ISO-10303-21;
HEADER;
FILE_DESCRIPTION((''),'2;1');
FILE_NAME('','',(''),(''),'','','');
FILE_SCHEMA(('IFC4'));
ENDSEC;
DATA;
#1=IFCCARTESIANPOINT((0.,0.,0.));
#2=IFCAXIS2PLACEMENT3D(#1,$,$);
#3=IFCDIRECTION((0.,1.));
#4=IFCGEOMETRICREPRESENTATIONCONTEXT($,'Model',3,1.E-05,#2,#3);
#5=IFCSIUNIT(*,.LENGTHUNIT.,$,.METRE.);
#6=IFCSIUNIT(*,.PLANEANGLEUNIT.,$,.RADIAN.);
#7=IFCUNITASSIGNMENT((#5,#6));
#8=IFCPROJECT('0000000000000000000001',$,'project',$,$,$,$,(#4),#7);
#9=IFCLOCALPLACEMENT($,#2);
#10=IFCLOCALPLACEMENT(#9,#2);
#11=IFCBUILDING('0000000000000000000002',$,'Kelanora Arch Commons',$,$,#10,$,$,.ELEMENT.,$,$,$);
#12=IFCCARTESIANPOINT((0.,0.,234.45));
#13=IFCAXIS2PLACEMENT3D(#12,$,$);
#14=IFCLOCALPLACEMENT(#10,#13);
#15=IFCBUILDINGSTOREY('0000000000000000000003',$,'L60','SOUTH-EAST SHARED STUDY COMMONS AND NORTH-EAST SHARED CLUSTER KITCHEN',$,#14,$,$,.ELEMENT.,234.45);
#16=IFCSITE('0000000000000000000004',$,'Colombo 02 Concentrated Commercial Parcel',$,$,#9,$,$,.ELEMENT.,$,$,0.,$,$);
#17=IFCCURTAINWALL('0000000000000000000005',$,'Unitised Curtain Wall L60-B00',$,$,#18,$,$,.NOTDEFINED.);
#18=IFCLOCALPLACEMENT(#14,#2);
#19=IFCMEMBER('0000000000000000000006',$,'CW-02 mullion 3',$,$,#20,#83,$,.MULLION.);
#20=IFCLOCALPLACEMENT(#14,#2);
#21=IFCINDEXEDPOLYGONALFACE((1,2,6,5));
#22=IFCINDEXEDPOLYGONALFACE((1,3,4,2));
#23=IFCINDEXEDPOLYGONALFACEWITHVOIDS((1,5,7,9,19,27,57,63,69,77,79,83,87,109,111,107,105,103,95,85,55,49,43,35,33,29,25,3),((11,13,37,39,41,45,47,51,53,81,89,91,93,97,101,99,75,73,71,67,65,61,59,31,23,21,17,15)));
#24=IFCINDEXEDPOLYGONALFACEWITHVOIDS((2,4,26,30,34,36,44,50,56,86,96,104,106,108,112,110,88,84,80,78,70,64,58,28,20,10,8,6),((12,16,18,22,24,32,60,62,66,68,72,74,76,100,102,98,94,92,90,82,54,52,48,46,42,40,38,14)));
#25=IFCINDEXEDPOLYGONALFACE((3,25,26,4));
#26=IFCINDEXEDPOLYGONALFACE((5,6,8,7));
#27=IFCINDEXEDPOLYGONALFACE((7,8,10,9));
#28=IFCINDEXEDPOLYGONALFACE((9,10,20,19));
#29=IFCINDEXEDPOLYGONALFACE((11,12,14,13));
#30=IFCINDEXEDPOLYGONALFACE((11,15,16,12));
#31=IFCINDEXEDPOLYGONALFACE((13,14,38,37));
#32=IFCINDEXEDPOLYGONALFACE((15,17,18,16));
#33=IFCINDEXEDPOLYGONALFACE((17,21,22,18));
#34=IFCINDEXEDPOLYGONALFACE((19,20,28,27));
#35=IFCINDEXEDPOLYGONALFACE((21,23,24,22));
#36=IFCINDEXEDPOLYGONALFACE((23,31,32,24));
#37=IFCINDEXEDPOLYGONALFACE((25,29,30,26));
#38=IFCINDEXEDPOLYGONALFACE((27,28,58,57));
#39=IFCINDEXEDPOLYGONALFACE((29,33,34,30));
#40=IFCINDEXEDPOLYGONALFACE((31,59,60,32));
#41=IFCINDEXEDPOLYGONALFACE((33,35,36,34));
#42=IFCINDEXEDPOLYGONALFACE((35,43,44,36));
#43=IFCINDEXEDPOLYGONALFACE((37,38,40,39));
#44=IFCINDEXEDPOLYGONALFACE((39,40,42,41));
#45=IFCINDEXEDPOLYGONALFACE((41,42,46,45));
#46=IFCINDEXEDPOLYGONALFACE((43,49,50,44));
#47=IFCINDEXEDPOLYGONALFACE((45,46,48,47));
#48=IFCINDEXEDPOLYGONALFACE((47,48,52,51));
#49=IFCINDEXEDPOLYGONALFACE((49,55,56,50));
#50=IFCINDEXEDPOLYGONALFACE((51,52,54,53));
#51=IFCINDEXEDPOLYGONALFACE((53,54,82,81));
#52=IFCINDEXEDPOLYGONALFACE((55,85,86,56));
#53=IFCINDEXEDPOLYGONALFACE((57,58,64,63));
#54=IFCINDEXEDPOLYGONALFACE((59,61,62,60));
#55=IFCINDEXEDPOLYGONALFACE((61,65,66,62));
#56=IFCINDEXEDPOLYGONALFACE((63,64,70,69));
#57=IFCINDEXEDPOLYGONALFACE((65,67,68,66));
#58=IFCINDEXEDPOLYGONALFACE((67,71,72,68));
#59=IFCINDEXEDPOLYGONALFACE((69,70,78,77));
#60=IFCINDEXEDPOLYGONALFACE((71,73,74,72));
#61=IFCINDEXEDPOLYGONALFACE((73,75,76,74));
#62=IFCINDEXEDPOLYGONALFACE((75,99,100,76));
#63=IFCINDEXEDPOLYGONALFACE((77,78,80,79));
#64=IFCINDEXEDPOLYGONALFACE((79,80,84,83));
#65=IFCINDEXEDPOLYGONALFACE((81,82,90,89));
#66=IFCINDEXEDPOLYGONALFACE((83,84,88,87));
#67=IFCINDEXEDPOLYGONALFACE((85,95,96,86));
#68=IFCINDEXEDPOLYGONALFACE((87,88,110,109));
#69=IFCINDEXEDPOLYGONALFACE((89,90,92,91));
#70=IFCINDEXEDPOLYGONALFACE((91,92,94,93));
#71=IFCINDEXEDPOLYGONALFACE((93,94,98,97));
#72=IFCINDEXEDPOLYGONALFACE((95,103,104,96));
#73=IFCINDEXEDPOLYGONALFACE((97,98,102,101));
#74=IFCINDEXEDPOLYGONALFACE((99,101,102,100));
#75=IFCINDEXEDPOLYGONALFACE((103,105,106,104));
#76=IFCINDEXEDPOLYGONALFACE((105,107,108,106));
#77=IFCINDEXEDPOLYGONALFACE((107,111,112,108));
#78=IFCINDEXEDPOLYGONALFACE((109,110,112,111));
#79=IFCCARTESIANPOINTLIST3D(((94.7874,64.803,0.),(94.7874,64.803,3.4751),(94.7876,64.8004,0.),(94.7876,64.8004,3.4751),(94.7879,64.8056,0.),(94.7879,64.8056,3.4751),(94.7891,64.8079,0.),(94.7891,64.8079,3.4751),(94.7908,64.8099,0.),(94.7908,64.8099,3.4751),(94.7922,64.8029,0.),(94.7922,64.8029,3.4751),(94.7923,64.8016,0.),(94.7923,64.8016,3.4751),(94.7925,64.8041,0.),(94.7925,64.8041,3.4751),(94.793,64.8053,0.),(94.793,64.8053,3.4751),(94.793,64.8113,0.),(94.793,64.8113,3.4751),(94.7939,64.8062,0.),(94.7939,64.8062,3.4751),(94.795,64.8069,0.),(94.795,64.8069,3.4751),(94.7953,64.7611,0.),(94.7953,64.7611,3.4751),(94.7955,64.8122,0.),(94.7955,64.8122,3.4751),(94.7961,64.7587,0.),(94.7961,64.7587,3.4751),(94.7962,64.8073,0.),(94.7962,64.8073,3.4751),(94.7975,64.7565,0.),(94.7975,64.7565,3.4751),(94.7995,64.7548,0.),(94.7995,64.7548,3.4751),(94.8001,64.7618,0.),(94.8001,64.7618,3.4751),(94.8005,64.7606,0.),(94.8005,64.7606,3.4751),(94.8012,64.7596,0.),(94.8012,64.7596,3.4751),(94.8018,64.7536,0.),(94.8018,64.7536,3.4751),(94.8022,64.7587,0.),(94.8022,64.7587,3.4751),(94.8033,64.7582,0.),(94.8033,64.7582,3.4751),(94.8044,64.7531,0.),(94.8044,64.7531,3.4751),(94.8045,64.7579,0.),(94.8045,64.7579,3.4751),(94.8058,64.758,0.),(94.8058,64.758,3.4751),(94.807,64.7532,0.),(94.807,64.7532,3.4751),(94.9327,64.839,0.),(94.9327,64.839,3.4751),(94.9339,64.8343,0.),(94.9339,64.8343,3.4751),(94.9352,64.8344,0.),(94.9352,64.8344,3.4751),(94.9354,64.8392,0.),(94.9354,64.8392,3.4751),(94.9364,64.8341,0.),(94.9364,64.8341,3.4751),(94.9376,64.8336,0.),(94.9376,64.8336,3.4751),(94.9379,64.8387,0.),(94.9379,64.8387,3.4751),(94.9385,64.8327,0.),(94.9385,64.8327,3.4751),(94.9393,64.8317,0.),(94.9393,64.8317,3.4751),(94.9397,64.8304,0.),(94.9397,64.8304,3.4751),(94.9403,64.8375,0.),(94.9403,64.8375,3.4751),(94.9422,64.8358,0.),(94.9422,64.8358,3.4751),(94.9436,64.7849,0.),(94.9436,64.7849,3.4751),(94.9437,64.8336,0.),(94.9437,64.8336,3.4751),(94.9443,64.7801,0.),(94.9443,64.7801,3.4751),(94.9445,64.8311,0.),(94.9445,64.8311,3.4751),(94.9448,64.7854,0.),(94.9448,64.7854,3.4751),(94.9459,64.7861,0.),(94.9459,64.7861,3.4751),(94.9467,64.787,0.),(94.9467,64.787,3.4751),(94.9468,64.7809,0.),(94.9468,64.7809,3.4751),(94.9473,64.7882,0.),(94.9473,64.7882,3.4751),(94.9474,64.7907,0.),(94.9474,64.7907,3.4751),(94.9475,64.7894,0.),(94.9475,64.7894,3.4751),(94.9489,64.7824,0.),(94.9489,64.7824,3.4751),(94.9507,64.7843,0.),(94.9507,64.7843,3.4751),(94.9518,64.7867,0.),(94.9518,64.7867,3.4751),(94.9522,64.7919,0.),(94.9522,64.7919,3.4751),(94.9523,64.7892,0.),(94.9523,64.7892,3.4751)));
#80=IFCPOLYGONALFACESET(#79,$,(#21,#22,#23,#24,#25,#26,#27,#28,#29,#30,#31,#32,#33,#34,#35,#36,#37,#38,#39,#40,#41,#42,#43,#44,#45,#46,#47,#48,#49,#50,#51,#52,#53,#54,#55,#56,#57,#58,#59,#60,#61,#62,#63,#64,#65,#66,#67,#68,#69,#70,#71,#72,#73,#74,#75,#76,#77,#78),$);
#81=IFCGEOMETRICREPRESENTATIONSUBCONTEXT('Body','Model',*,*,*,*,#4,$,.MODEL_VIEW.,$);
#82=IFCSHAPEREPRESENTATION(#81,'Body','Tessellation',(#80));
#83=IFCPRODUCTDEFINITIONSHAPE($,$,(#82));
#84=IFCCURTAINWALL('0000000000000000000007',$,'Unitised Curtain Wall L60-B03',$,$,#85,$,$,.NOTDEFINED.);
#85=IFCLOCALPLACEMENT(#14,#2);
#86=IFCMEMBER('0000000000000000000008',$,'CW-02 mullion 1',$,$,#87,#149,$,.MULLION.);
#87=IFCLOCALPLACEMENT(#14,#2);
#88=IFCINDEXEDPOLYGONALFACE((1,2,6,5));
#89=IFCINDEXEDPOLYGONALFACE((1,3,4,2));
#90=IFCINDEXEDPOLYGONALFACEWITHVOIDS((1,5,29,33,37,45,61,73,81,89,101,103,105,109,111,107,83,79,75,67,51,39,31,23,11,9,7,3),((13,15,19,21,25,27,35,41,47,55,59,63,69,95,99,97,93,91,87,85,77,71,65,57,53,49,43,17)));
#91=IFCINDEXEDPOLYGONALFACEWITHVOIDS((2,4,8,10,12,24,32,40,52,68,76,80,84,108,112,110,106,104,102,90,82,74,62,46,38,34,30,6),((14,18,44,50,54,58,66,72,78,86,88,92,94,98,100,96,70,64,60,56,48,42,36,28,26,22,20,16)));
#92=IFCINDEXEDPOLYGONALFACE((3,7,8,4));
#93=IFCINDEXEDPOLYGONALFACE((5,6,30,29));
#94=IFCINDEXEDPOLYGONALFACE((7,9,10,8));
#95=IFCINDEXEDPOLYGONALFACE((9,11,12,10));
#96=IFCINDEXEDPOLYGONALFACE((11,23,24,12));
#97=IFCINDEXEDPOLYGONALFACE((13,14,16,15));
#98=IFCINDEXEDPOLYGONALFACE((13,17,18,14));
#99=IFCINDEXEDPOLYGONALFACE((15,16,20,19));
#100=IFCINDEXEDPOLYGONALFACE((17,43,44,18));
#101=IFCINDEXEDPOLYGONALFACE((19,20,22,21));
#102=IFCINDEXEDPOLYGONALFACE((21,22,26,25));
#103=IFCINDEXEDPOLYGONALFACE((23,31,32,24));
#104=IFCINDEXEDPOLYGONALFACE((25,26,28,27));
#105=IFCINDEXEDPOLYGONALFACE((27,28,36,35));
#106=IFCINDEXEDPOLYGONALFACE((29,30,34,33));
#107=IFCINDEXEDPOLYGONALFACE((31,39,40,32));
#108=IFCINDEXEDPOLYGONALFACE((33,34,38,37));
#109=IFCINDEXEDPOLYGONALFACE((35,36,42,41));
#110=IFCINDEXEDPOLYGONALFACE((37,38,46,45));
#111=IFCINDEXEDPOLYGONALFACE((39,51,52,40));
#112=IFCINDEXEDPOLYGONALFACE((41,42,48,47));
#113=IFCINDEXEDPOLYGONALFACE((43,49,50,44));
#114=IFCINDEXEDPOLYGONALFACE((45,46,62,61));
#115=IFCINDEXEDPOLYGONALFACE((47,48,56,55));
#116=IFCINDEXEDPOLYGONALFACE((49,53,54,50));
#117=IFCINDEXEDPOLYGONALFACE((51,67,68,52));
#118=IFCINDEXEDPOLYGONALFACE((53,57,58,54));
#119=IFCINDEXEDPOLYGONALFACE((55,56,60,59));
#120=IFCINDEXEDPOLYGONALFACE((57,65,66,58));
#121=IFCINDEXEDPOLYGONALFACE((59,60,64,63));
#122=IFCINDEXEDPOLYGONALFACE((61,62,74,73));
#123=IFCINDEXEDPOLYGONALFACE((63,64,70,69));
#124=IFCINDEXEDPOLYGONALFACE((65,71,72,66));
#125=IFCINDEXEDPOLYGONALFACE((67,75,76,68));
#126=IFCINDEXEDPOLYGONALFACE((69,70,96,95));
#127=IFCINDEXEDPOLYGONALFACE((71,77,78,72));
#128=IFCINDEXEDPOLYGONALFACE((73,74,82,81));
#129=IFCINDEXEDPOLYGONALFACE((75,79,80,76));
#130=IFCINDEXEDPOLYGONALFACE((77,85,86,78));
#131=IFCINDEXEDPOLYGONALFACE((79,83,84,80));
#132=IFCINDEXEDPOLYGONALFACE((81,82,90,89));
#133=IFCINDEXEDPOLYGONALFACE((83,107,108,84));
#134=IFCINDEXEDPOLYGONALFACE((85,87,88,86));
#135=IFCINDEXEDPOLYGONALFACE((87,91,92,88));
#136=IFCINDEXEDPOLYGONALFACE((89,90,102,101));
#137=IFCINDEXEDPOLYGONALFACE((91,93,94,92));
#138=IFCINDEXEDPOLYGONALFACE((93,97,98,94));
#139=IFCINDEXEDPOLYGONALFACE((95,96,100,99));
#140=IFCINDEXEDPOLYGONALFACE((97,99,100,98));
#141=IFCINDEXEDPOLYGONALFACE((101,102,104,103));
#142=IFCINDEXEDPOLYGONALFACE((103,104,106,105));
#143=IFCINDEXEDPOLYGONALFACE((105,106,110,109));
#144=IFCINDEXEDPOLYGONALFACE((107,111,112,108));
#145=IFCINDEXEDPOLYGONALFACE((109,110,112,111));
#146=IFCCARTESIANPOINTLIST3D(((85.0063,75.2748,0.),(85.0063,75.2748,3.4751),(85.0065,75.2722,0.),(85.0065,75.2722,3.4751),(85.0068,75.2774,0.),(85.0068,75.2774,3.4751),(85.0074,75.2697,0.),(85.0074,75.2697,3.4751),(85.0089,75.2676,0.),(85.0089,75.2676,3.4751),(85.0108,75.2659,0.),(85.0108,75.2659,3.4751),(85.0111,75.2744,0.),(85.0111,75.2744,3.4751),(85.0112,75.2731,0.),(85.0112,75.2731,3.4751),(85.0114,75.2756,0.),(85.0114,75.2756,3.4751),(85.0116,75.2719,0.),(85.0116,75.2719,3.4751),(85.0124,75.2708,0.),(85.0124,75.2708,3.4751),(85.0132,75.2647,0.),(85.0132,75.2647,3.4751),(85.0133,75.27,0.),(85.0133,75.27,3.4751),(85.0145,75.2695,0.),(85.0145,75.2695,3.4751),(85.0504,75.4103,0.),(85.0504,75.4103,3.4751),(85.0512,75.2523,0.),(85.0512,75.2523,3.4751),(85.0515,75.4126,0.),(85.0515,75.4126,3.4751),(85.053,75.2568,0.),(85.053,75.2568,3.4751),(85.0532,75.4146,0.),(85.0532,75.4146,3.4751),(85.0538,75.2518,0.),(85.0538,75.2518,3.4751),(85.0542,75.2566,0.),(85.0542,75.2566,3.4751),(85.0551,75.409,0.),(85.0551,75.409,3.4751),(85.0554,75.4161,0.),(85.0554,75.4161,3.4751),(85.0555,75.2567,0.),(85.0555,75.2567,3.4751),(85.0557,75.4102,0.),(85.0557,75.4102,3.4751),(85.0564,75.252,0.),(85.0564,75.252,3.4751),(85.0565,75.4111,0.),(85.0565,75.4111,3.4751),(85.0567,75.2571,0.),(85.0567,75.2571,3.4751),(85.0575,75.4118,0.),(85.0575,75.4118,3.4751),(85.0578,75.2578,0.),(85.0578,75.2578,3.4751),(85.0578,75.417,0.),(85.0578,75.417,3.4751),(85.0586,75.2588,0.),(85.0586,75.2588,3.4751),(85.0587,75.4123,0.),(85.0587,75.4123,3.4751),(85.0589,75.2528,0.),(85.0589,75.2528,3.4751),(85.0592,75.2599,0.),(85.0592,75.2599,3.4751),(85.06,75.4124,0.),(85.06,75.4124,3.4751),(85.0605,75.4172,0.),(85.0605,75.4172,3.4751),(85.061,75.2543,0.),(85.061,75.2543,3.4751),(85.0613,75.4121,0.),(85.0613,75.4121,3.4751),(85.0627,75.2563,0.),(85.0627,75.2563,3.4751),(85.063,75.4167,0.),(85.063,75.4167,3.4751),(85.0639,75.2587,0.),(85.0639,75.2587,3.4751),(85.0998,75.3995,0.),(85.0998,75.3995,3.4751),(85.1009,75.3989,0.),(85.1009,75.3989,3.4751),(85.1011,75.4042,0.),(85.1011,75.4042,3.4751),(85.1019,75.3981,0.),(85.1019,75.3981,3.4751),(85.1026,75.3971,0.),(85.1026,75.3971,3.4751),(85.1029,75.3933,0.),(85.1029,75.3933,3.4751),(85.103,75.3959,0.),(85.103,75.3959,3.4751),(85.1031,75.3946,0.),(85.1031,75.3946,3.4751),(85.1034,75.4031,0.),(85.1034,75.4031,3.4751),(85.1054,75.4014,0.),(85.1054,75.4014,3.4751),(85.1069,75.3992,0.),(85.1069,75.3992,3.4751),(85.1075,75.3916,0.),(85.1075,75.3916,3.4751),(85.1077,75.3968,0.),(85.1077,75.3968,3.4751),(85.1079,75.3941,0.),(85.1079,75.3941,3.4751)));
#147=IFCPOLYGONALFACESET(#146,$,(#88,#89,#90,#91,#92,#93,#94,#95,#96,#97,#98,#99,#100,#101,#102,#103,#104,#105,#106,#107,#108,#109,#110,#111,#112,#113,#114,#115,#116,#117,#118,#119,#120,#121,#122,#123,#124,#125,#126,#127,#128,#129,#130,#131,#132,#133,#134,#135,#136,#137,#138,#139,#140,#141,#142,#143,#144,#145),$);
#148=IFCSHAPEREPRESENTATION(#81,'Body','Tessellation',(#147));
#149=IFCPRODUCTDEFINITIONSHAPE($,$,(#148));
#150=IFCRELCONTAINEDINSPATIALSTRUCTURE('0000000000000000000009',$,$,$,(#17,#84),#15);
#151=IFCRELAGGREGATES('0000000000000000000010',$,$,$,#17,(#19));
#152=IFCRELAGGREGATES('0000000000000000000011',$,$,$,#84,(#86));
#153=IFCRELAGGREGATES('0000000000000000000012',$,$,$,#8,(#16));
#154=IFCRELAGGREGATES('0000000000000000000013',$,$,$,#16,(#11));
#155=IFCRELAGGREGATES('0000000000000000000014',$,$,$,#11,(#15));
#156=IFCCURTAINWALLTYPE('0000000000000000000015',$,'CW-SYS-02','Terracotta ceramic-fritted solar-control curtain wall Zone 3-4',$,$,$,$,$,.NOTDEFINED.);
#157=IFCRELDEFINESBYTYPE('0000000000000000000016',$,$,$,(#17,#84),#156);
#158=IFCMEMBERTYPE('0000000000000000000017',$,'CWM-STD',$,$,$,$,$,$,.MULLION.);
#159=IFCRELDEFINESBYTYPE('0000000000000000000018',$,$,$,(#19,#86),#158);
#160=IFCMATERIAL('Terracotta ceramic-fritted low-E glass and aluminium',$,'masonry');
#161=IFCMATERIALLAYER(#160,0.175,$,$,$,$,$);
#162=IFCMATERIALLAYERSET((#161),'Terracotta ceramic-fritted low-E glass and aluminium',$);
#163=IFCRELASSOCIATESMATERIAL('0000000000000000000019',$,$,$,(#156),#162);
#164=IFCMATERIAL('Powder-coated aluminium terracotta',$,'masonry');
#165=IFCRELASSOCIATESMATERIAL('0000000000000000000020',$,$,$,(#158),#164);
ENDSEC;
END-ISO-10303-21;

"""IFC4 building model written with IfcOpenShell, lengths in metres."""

from ifc_helpers import new_model, si_unit, direction, frame, origin, origin_2d, place, context, subcontext, project, spatial, hollow_rectangle, extrude, material, layer, layer_set, material_profile, profile_set, type_object, element, aggregate, save


model = new_model("IFC4")

# Units and contexts
model_context = context("Model", 3, precision=1e-05, world=origin(), true_north=direction((0.0, 1.0)))
body_context = subcontext(model_context, "Body", "Model", "MODEL_VIEW")
ifc_project = project(units=[si_unit("LENGTHUNIT", "METRE"), si_unit("PLANEANGLEUNIT", "RADIAN")], contexts=[model_context])

# Site, building, storey
site_placement = place(None, origin())
site = spatial("IfcSite", under=ifc_project, at=site_placement, Name="Colombo 02 Concentrated Commercial Parcel", CompositionType="ELEMENT", RefElevation=0.0)
building_placement = place(site_placement, origin())
building = spatial("IfcBuilding", under=site, at=building_placement, Name="Kelanora Arch Commons", CompositionType="ELEMENT")
storey_placement = place(building_placement, frame((0.0, 0.0, 234.45)))
storey = spatial("IfcBuildingStorey", under=building, at=storey_placement, Name="L60", Description="SOUTH-EAST SHARED STUDY COMMONS AND NORTH-EAST SHARED CLUSTER KITCHEN", CompositionType="ELEMENT", Elevation=234.45)

# Curtain wall, member
ifc_material_1 = material(Name="Terracotta ceramic-fritted low-E glass and aluminium", Category="masonry")
ifc_layer_1 = layer(ifc_material_1, 0.175)
ifc_layer_set_1 = layer_set([ifc_layer_1], Name="Terracotta ceramic-fritted low-E glass and aluminium")
curtain_wall_type = type_object("IfcCurtainWallType", Name="CW-SYS-02", Description="Terracotta ceramic-fritted solar-control curtain wall Zone 3-4", PredefinedType="NOTDEFINED", material=ifc_layer_set_1)
curtain_wall_1_placement = place(storey_placement, origin())
curtain_wall_1 = element("IfcCurtainWall", 1, at=curtain_wall_1_placement, inside=storey, type_object=curtain_wall_type, Name="Unitised Curtain Wall L60-B00", PredefinedType="NOTDEFINED")
ifc_material_2 = material(Name="Powder-coated aluminium terracotta", Category="masonry")
ifc_material_profile_1 = material_profile(ifc_material_2, hollow_rectangle(XDim=0.1599, YDim=0.0601, WallThickness=0.0049, InnerFilletRadius=0.0049, OuterFilletRadius=0.01, at=origin_2d()), Name="CWM160x60")
ifc_profile_set_1 = profile_set([ifc_material_profile_1], Name="Powder-coated aluminium terracotta")
member_type_1 = type_object("IfcMemberType", Name="CWM-STD", PredefinedType="MULLION", material=ifc_profile_set_1)
member_1_placement = place(storey_placement, frame((94.8699, 64.7961, 0.0), z_axis=(0.0, 0.0, 1.0), x_axis=(-0.981381, -0.192069, 0.0)))
member_1 = element("IfcMember", 2, at=member_1_placement, type_object=member_type_1, Name="CW-02 mullion 3", PredefinedType="MULLION", context=body_context, shape_type="SweptSolid", body=[
    extrude(hollow_rectangle(XDim=0.1599, YDim=0.0601, WallThickness=0.0049, InnerFilletRadius=0.0049, OuterFilletRadius=0.01, at=origin_2d()), origin(), (0.0, 0.0, 1.0), 3.4751),
])
aggregate(curtain_wall_1, [member_1])

# Curtain wall, member
curtain_wall_2_placement = place(storey_placement, origin())
curtain_wall_2 = element("IfcCurtainWall", 3, at=curtain_wall_2_placement, inside=storey, type_object=curtain_wall_type, Name="Unitised Curtain Wall L60-B03", PredefinedType="NOTDEFINED")
member_2_placement = place(storey_placement, frame((85.0571, 75.3345, 0.0), z_axis=(0.0, 0.0, 1.0), x_axis=(-0.311582, -0.950219, 0.0)))
member_2 = element("IfcMember", 4, at=member_2_placement, type_object=member_type_1, Name="CW-02 mullion 1", PredefinedType="MULLION", context=body_context, shape_type="SweptSolid", body=[
    extrude(hollow_rectangle(XDim=0.1599, YDim=0.0601, WallThickness=0.0049, InnerFilletRadius=0.0049, OuterFilletRadius=0.01, at=origin_2d()), origin(), (0.0, 0.0, 1.0), 3.4751),
])
aggregate(curtain_wall_2, [member_2])

save(model, "model.ifc")
